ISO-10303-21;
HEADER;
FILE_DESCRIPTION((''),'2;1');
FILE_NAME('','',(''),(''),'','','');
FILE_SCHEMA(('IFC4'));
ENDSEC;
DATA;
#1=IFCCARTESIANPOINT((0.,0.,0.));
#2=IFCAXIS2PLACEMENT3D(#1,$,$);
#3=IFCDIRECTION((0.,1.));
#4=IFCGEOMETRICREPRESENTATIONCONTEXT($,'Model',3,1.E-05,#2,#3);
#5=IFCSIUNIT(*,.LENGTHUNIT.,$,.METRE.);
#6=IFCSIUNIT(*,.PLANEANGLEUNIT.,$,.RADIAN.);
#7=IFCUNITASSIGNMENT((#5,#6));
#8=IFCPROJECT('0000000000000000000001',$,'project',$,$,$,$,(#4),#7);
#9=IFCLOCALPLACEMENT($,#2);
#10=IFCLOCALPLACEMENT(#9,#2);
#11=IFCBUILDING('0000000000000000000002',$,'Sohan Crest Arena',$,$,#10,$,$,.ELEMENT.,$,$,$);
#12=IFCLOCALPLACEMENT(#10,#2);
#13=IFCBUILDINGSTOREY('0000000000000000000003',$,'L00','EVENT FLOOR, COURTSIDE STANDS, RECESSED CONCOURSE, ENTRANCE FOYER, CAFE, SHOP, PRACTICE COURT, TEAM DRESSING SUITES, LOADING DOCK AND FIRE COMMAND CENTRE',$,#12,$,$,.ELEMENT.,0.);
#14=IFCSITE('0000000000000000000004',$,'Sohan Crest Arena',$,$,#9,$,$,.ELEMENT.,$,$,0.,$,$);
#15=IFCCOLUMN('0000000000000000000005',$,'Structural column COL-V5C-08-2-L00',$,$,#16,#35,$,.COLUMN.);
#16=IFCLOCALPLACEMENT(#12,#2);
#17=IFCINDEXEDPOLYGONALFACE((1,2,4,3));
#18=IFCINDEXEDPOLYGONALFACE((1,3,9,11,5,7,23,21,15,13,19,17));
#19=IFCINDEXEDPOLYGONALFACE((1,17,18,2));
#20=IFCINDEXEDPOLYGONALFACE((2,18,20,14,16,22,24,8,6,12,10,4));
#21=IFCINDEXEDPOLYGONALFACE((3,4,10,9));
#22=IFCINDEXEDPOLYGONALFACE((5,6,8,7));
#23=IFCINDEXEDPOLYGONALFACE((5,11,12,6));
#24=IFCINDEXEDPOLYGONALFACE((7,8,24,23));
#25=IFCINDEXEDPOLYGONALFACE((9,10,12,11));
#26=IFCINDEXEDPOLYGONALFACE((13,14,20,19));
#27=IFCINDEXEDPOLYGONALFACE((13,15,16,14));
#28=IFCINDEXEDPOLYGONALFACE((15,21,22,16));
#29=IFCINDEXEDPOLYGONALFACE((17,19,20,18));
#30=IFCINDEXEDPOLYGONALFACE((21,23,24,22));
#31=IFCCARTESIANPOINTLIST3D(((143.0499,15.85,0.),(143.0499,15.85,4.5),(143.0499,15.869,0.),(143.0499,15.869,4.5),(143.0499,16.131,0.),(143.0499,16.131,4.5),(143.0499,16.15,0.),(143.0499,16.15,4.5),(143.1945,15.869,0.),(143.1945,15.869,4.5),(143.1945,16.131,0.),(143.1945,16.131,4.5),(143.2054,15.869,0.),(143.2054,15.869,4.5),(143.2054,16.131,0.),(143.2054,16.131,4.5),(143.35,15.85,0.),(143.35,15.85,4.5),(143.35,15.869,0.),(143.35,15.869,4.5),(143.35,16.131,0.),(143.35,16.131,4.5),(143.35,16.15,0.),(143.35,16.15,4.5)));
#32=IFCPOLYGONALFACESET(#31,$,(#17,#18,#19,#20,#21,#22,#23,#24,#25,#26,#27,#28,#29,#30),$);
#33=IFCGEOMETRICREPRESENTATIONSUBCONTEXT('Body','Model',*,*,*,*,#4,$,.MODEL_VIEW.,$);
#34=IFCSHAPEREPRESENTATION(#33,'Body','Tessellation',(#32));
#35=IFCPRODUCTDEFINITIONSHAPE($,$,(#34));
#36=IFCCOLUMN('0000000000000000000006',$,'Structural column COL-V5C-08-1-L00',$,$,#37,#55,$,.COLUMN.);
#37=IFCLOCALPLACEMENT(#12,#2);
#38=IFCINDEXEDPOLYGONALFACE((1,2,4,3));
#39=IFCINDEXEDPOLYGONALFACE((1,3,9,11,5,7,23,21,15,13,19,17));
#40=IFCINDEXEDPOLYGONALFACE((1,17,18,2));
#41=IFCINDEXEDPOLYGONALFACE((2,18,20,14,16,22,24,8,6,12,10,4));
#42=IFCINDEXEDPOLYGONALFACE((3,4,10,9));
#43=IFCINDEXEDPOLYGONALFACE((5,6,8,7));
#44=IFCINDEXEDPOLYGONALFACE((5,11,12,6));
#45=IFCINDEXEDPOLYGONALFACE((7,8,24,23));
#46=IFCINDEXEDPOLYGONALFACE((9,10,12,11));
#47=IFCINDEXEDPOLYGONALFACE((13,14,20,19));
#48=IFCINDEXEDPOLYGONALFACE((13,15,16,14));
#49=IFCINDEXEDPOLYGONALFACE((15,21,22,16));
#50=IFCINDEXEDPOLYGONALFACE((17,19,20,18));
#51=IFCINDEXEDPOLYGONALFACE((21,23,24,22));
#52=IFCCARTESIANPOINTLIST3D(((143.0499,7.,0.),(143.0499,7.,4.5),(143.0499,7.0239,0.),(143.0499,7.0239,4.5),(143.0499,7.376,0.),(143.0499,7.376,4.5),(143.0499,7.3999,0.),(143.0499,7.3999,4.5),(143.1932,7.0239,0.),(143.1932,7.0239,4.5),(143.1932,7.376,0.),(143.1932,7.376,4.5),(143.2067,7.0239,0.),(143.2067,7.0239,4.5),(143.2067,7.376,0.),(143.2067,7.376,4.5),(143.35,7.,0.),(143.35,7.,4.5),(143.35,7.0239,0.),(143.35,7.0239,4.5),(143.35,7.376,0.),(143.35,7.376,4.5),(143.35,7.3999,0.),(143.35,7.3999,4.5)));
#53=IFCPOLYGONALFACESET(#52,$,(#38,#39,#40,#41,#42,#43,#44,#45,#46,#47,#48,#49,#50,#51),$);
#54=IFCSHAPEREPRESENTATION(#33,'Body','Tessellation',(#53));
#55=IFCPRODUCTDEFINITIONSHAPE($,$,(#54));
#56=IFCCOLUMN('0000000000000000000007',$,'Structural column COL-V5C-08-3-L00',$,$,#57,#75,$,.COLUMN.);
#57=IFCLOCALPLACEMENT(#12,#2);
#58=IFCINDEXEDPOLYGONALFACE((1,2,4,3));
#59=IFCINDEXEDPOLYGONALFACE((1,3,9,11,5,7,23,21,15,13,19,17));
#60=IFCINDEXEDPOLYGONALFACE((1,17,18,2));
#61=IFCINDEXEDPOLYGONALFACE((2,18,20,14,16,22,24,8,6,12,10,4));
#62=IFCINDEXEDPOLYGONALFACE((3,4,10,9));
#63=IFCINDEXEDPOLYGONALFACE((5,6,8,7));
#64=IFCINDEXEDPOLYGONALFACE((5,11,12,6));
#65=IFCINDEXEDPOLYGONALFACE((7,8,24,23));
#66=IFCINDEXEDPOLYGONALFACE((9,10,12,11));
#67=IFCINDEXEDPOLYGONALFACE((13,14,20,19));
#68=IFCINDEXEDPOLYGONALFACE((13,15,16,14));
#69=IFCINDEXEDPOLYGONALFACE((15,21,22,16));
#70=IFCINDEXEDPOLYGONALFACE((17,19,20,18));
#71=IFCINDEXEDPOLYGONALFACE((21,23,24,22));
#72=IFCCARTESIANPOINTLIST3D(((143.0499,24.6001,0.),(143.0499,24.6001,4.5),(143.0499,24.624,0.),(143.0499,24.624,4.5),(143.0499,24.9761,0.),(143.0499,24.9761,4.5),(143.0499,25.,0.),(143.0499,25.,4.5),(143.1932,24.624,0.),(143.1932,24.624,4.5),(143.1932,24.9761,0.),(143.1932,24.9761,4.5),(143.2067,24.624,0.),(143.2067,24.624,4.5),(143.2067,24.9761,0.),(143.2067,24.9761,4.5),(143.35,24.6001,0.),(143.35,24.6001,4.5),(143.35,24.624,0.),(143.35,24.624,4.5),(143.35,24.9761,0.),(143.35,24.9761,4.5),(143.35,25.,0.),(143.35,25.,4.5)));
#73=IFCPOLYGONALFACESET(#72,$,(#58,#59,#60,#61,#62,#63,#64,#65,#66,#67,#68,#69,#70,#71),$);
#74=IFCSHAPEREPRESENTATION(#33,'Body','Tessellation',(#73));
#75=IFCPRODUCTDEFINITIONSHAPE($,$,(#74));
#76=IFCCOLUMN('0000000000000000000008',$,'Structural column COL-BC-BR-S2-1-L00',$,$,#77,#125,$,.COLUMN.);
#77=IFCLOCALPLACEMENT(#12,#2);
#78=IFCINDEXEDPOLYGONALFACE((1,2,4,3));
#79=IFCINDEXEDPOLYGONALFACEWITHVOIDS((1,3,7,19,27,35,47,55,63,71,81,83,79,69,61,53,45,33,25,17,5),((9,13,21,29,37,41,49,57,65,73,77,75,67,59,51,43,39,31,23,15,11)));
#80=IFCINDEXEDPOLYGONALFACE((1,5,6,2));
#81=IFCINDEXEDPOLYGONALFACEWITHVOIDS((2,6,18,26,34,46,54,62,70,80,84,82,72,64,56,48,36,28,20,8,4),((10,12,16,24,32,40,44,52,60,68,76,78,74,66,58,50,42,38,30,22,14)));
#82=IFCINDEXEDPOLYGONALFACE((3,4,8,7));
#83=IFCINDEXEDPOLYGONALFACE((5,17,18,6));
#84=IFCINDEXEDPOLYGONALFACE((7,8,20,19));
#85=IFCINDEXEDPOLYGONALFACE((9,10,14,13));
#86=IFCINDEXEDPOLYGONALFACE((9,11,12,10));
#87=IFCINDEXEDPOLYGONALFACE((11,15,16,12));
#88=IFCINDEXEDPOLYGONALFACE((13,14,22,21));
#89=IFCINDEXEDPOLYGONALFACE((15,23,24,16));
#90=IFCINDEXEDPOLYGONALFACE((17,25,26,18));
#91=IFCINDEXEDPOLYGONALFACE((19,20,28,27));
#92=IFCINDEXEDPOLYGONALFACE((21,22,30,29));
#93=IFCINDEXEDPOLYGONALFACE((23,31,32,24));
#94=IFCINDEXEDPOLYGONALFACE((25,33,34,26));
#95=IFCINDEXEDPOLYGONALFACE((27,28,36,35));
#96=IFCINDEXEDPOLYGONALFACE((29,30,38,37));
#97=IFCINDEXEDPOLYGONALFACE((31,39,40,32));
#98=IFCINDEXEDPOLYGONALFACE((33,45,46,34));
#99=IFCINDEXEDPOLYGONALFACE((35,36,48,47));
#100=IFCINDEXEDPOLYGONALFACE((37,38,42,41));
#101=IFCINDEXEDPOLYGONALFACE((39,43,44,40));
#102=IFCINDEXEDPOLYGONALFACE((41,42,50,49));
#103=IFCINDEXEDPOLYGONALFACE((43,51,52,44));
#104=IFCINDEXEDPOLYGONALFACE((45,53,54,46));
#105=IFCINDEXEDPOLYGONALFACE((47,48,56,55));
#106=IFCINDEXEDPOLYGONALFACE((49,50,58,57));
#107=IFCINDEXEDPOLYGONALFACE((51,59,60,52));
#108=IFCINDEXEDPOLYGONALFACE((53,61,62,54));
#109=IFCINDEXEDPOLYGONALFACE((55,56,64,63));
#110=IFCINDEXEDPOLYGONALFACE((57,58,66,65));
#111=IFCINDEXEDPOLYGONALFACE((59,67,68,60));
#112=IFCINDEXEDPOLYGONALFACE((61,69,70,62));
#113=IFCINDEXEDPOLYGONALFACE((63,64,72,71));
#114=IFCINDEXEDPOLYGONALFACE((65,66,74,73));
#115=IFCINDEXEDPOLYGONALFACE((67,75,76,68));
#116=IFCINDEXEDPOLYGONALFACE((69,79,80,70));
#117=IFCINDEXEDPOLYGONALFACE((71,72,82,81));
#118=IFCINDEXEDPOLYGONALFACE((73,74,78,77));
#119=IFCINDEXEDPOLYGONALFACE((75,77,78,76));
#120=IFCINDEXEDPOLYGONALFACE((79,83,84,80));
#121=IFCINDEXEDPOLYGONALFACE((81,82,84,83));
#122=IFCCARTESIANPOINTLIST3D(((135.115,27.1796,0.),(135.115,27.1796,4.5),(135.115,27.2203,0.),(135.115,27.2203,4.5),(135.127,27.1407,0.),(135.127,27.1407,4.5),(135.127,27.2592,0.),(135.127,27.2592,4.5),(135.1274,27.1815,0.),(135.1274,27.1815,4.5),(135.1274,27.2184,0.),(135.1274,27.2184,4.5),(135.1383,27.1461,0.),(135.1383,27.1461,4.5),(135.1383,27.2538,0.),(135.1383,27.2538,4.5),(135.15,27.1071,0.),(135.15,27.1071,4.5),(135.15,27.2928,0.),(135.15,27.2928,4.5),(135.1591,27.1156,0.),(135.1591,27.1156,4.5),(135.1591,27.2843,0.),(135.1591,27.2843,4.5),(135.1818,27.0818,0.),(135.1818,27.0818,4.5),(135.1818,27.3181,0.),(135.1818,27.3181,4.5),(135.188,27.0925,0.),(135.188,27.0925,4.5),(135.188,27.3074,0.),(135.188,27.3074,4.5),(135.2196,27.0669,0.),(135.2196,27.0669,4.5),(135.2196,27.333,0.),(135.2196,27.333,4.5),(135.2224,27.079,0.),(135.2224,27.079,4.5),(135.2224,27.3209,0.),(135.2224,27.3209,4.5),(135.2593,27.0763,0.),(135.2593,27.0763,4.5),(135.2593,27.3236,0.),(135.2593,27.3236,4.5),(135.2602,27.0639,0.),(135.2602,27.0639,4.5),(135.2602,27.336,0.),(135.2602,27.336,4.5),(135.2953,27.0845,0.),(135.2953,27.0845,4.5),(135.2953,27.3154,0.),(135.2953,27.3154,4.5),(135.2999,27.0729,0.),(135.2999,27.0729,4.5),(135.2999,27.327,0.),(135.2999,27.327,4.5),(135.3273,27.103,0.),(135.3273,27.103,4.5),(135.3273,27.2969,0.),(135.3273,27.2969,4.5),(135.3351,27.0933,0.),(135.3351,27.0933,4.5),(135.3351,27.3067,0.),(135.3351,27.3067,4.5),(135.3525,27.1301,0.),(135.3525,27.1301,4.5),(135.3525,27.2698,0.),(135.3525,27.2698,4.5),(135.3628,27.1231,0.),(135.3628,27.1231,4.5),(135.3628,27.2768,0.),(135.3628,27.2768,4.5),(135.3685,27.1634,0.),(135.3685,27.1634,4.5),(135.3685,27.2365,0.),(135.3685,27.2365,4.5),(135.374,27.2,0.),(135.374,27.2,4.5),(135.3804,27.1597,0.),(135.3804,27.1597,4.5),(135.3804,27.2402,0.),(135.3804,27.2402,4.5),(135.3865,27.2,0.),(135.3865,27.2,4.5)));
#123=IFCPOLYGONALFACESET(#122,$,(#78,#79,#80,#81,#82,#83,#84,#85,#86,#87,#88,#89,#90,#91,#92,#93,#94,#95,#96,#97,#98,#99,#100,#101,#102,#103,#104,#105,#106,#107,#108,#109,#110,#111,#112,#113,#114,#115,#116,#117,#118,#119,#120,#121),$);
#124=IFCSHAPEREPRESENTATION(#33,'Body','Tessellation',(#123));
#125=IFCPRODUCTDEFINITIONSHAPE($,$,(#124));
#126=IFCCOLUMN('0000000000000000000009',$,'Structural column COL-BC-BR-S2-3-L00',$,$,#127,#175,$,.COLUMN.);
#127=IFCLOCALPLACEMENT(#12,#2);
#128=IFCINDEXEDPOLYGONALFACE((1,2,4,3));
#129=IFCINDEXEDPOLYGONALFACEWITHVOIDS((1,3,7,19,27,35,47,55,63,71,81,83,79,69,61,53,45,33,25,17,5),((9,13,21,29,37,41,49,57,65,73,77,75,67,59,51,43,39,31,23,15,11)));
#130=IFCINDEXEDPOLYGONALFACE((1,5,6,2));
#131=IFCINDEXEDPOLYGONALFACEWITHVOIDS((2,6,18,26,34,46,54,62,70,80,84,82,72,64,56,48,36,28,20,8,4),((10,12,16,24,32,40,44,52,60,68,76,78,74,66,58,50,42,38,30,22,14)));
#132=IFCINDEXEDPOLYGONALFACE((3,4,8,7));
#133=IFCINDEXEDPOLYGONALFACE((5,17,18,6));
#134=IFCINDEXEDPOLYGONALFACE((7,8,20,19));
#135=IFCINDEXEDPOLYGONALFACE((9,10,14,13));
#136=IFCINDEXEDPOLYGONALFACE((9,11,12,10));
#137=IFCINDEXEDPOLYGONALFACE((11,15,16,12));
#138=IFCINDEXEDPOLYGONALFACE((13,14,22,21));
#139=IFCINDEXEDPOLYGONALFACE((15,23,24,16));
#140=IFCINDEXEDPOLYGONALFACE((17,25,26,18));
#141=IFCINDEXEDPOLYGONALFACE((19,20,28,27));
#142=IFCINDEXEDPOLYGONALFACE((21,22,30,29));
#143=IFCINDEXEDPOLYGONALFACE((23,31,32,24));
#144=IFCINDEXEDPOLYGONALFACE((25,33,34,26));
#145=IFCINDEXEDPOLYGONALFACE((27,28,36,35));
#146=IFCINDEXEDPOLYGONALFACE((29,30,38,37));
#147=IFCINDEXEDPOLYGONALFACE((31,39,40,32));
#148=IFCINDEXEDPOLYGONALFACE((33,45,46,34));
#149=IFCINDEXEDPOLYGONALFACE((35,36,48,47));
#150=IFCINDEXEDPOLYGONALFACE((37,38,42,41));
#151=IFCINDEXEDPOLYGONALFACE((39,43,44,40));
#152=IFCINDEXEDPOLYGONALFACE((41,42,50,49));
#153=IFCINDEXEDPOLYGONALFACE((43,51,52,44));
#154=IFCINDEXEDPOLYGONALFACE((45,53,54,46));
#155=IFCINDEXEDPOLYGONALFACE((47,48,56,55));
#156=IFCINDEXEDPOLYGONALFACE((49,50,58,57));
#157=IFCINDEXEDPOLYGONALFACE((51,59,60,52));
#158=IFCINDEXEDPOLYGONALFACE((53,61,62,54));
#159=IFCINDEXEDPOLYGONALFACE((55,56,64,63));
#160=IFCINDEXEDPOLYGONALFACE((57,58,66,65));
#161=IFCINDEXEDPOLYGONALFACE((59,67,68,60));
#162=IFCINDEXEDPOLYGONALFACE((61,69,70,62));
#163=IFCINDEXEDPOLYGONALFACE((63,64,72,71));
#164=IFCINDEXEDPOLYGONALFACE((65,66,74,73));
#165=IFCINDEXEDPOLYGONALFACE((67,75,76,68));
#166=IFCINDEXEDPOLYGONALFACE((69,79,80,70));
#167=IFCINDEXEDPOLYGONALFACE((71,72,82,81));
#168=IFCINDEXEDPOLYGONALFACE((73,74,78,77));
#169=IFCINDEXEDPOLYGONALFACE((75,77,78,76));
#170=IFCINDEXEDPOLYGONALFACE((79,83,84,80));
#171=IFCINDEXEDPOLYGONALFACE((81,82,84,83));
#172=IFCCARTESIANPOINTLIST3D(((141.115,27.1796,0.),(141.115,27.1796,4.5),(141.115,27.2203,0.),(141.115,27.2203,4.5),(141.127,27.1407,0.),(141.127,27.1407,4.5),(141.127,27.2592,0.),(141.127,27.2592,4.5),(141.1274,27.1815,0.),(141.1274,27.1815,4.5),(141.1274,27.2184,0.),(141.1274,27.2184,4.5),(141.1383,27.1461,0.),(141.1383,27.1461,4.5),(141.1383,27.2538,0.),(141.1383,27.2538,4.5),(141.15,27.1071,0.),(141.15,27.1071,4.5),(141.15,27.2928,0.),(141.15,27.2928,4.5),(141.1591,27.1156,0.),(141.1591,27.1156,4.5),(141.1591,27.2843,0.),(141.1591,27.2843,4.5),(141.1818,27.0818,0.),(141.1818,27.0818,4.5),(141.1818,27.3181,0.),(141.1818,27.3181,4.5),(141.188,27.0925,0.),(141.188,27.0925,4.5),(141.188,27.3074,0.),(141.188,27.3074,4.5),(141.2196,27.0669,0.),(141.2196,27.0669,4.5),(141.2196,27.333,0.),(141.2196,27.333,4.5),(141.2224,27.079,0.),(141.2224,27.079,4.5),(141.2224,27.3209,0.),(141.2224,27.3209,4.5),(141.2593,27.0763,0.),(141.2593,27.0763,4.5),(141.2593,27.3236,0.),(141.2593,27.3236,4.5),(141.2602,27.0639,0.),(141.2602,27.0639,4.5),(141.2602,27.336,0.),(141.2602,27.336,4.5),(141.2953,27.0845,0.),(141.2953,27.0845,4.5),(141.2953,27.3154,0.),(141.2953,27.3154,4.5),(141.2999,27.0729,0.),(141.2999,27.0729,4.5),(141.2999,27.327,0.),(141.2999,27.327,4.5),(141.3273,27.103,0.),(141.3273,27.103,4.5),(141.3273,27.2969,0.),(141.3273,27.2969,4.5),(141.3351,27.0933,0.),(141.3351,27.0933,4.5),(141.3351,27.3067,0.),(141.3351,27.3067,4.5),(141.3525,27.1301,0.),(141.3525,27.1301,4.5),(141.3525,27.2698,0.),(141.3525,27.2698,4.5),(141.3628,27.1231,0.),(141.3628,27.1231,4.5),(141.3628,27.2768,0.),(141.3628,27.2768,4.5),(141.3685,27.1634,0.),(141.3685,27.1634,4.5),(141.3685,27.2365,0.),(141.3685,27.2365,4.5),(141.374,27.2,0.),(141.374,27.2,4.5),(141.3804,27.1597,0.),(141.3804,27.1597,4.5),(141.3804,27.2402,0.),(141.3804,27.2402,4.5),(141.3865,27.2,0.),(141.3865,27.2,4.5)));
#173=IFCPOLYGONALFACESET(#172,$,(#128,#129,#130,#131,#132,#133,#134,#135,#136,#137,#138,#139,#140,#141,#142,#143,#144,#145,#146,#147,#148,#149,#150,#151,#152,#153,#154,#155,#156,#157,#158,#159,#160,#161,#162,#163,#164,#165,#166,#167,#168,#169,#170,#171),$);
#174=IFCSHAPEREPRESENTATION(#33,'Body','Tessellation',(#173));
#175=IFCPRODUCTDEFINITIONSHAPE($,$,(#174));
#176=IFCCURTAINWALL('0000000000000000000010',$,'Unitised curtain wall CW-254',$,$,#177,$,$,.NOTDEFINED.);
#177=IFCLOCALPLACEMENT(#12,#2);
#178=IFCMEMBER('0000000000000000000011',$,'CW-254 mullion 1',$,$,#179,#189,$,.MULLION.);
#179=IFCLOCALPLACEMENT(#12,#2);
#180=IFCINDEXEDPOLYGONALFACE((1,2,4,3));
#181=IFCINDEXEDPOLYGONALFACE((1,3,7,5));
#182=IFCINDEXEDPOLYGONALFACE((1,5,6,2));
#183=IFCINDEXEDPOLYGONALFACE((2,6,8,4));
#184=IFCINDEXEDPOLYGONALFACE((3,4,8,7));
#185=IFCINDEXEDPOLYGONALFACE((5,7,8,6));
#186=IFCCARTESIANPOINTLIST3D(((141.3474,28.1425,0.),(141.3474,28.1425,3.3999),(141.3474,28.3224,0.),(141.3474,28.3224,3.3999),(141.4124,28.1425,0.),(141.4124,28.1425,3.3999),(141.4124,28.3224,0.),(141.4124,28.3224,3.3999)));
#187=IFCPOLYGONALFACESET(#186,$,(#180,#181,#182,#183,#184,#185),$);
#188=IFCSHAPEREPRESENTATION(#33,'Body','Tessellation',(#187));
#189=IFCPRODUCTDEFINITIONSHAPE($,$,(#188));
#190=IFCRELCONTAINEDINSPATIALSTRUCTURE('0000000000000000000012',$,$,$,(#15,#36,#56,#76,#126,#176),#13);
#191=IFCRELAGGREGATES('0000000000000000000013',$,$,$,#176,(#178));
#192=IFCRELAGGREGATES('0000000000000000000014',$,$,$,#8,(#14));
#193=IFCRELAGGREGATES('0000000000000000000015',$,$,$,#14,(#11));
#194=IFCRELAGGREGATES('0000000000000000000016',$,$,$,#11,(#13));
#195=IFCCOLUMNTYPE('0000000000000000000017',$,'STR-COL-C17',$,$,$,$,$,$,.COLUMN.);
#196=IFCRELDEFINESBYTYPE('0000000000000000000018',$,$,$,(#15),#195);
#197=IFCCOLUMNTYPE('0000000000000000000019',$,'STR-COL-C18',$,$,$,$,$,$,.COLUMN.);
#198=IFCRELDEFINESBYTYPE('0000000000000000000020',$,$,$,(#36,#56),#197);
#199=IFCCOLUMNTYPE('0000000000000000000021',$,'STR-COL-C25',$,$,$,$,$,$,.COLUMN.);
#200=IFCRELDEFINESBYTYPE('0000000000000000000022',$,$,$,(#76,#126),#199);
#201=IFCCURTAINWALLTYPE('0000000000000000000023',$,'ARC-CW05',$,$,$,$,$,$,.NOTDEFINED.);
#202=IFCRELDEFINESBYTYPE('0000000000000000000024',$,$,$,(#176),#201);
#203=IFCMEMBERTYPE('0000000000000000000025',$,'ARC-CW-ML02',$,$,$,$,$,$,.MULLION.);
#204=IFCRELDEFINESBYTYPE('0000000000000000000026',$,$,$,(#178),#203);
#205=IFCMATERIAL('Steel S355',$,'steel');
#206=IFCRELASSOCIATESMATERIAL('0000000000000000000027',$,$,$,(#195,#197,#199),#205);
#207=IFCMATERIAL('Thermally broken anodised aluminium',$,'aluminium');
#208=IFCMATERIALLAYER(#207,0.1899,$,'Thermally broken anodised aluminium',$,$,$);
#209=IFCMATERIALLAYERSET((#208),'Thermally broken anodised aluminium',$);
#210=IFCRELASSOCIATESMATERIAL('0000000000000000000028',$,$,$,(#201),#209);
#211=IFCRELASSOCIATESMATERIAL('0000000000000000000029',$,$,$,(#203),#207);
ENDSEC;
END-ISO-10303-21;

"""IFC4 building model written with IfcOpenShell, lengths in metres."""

from ifc_helpers import new_model, si_unit, direction, frame, origin, origin_2d, place, context, subcontext, project, spatial, rectangle, hollow_circle, i_section, extrude, material, layer, layer_set, material_profile, profile_set, type_object, element, aggregate, save


model = new_model("IFC4")

# Units and contexts
model_context = context("Model", 3, precision=1e-05, world=origin(), true_north=direction((0.0, 1.0)))
body_context = subcontext(model_context, "Body", "Model", "MODEL_VIEW")
ifc_project = project(units=[si_unit("LENGTHUNIT", "METRE"), si_unit("PLANEANGLEUNIT", "RADIAN")], contexts=[model_context])

# Site, building, storey
site_placement = place(None, origin())
site = spatial("IfcSite", under=ifc_project, at=site_placement, Name="Sohan Crest Arena", CompositionType="ELEMENT", RefElevation=0.0)
building_placement = place(site_placement, origin())
building = spatial("IfcBuilding", under=site, at=building_placement, Name="Sohan Crest Arena", CompositionType="ELEMENT")
storey_placement = place(building_placement, origin())
storey = spatial("IfcBuildingStorey", under=building, at=storey_placement, Name="L00", Description="EVENT FLOOR, COURTSIDE STANDS, RECESSED CONCOURSE, ENTRANCE FOYER, CAFE, SHOP, PRACTICE COURT, TEAM DRESSING SUITES, LOADING DOCK AND FIRE COMMAND CENTRE", CompositionType="ELEMENT", Elevation=0.0)

# Columns
ifc_material_1 = material(Name="Steel S355", Category="steel")
ifc_material_profile_1 = material_profile(ifc_material_1, i_section(OverallWidth=0.3, OverallDepth=0.3, WebThickness=0.011, FlangeThickness=0.019, at=origin_2d()), Name="HEB 300")
ifc_profile_set_1 = profile_set([ifc_material_profile_1], Name="Steel S355")
column_type_1 = type_object("IfcColumnType", Name="STR-COL-C17", PredefinedType="COLUMN", material=ifc_profile_set_1)
column_placement = place(storey_placement, frame((143.2, 16.0, 0.0), z_axis=(0.0, 0.0, 1.0), x_axis=(1.0, 0.0, 0.0)))
element("IfcColumn", 1, at=column_placement, inside=storey, type_object=column_type_1, Name="Structural column COL-V5C-08-2-L00", PredefinedType="COLUMN", context=body_context, shape_type="SweptSolid", body=[
    extrude(i_section(OverallWidth=0.3, OverallDepth=0.3, WebThickness=0.011, FlangeThickness=0.019, at=origin_2d()), origin(), (0.0, 0.0, 1.0), 4.5),
])
ifc_material_profile_2 = material_profile(ifc_material_1, i_section(OverallWidth=0.3, OverallDepth=0.3999, WebThickness=0.0134, FlangeThickness=0.0239, at=origin_2d()), Name="HEB 400")
ifc_profile_set_2 = profile_set([ifc_material_profile_2], Name="Steel S355")
column_type_2 = type_object("IfcColumnType", Name="STR-COL-C18", PredefinedType="COLUMN", material=ifc_profile_set_2)
for number, where, z_axis, x_axis, name in (
    (2, (143.2, 7.2, 0.0), (0.0, 0.0, 1.0), (1.0, 0.0, 0.0), "Structural column COL-V5C-08-1-L00"),
    (3, (143.2, 24.8, 0.0), (0.0, 0.0, 1.0), (1.0, 0.0, 0.0), "Structural column COL-V5C-08-3-L00"),
):
    element("IfcColumn", number, at=place(storey_placement, frame(where, z_axis=z_axis, x_axis=x_axis)), inside=storey, type_object=column_type_2, Name=name, PredefinedType="COLUMN", context=body_context, shape_type="SweptSolid", body=[
        extrude(i_section(OverallWidth=0.3, OverallDepth=0.3999, WebThickness=0.0134, FlangeThickness=0.0239, at=origin_2d()), origin(), (0.0, 0.0, 1.0), 4.5),
    ])
ifc_material_profile_3 = material_profile(ifc_material_1, hollow_circle(Radius=0.1365, WallThickness=0.0125, at=origin_2d()), Name="CHS 273x12.5")
ifc_profile_set_3 = profile_set([ifc_material_profile_3], Name="Steel S355")
column_type_3 = type_object("IfcColumnType", Name="STR-COL-C25", PredefinedType="COLUMN", material=ifc_profile_set_3)
for number, where, z_axis, x_axis, name in (
    (4, (135.25, 27.2, 0.0), (0.0, 0.0, 1.0), (1.0, 0.0, 0.0), "Structural column COL-BC-BR-S2-1-L00"),
    (5, (141.25, 27.2, 0.0), (0.0, 0.0, 1.0), (1.0, 0.0, 0.0), "Structural column COL-BC-BR-S2-3-L00"),
):
    element("IfcColumn", number, at=place(storey_placement, frame(where, z_axis=z_axis, x_axis=x_axis)), inside=storey, type_object=column_type_3, Name=name, PredefinedType="COLUMN", context=body_context, shape_type="SweptSolid", body=[
        extrude(hollow_circle(Radius=0.1365, WallThickness=0.0125, at=origin_2d()), origin(), (0.0, 0.0, 1.0), 4.5),
    ])

# Curtain wall, member
ifc_material_2 = material(Name="Thermally broken anodised aluminium", Category="aluminium")
ifc_layer_1 = layer(ifc_material_2, 0.1899, Name="Thermally broken anodised aluminium")
ifc_layer_set_1 = layer_set([ifc_layer_1], Name="Thermally broken anodised aluminium")
curtain_wall_type = type_object("IfcCurtainWallType", Name="ARC-CW05", PredefinedType="NOTDEFINED", material=ifc_layer_set_1)
curtain_wall_1_placement = place(storey_placement, origin())
curtain_wall_1 = element("IfcCurtainWall", 6, at=curtain_wall_1_placement, inside=storey, type_object=curtain_wall_type, Name="Unitised curtain wall CW-254", PredefinedType="NOTDEFINED")
ifc_material_profile_4 = material_profile(ifc_material_2, rectangle(XDim=0.0649, YDim=0.1799, at=origin_2d()), Name="ALU-MULL 65x180")
ifc_profile_set_4 = profile_set([ifc_material_profile_4], Name="Thermally broken anodised aluminium")
member_type_1 = type_object("IfcMemberType", Name="ARC-CW-ML02", PredefinedType="MULLION", material=ifc_profile_set_4)
member_1_placement = place(storey_placement, frame((141.3799, 28.2324, 0.0), z_axis=(0.0, 0.0, 1.0), x_axis=(-1.0, 0.0, 0.0)))
member_1 = element("IfcMember", 7, at=member_1_placement, type_object=member_type_1, Name="CW-254 mullion 1", PredefinedType="MULLION", context=body_context, shape_type="SweptSolid", body=[
    extrude(rectangle(XDim=0.0649, YDim=0.1799, at=origin_2d()), origin(), (0.0, 0.0, 1.0), 3.3999),
])
aggregate(curtain_wall_1, [member_1])

save(model, "model.ifc")
